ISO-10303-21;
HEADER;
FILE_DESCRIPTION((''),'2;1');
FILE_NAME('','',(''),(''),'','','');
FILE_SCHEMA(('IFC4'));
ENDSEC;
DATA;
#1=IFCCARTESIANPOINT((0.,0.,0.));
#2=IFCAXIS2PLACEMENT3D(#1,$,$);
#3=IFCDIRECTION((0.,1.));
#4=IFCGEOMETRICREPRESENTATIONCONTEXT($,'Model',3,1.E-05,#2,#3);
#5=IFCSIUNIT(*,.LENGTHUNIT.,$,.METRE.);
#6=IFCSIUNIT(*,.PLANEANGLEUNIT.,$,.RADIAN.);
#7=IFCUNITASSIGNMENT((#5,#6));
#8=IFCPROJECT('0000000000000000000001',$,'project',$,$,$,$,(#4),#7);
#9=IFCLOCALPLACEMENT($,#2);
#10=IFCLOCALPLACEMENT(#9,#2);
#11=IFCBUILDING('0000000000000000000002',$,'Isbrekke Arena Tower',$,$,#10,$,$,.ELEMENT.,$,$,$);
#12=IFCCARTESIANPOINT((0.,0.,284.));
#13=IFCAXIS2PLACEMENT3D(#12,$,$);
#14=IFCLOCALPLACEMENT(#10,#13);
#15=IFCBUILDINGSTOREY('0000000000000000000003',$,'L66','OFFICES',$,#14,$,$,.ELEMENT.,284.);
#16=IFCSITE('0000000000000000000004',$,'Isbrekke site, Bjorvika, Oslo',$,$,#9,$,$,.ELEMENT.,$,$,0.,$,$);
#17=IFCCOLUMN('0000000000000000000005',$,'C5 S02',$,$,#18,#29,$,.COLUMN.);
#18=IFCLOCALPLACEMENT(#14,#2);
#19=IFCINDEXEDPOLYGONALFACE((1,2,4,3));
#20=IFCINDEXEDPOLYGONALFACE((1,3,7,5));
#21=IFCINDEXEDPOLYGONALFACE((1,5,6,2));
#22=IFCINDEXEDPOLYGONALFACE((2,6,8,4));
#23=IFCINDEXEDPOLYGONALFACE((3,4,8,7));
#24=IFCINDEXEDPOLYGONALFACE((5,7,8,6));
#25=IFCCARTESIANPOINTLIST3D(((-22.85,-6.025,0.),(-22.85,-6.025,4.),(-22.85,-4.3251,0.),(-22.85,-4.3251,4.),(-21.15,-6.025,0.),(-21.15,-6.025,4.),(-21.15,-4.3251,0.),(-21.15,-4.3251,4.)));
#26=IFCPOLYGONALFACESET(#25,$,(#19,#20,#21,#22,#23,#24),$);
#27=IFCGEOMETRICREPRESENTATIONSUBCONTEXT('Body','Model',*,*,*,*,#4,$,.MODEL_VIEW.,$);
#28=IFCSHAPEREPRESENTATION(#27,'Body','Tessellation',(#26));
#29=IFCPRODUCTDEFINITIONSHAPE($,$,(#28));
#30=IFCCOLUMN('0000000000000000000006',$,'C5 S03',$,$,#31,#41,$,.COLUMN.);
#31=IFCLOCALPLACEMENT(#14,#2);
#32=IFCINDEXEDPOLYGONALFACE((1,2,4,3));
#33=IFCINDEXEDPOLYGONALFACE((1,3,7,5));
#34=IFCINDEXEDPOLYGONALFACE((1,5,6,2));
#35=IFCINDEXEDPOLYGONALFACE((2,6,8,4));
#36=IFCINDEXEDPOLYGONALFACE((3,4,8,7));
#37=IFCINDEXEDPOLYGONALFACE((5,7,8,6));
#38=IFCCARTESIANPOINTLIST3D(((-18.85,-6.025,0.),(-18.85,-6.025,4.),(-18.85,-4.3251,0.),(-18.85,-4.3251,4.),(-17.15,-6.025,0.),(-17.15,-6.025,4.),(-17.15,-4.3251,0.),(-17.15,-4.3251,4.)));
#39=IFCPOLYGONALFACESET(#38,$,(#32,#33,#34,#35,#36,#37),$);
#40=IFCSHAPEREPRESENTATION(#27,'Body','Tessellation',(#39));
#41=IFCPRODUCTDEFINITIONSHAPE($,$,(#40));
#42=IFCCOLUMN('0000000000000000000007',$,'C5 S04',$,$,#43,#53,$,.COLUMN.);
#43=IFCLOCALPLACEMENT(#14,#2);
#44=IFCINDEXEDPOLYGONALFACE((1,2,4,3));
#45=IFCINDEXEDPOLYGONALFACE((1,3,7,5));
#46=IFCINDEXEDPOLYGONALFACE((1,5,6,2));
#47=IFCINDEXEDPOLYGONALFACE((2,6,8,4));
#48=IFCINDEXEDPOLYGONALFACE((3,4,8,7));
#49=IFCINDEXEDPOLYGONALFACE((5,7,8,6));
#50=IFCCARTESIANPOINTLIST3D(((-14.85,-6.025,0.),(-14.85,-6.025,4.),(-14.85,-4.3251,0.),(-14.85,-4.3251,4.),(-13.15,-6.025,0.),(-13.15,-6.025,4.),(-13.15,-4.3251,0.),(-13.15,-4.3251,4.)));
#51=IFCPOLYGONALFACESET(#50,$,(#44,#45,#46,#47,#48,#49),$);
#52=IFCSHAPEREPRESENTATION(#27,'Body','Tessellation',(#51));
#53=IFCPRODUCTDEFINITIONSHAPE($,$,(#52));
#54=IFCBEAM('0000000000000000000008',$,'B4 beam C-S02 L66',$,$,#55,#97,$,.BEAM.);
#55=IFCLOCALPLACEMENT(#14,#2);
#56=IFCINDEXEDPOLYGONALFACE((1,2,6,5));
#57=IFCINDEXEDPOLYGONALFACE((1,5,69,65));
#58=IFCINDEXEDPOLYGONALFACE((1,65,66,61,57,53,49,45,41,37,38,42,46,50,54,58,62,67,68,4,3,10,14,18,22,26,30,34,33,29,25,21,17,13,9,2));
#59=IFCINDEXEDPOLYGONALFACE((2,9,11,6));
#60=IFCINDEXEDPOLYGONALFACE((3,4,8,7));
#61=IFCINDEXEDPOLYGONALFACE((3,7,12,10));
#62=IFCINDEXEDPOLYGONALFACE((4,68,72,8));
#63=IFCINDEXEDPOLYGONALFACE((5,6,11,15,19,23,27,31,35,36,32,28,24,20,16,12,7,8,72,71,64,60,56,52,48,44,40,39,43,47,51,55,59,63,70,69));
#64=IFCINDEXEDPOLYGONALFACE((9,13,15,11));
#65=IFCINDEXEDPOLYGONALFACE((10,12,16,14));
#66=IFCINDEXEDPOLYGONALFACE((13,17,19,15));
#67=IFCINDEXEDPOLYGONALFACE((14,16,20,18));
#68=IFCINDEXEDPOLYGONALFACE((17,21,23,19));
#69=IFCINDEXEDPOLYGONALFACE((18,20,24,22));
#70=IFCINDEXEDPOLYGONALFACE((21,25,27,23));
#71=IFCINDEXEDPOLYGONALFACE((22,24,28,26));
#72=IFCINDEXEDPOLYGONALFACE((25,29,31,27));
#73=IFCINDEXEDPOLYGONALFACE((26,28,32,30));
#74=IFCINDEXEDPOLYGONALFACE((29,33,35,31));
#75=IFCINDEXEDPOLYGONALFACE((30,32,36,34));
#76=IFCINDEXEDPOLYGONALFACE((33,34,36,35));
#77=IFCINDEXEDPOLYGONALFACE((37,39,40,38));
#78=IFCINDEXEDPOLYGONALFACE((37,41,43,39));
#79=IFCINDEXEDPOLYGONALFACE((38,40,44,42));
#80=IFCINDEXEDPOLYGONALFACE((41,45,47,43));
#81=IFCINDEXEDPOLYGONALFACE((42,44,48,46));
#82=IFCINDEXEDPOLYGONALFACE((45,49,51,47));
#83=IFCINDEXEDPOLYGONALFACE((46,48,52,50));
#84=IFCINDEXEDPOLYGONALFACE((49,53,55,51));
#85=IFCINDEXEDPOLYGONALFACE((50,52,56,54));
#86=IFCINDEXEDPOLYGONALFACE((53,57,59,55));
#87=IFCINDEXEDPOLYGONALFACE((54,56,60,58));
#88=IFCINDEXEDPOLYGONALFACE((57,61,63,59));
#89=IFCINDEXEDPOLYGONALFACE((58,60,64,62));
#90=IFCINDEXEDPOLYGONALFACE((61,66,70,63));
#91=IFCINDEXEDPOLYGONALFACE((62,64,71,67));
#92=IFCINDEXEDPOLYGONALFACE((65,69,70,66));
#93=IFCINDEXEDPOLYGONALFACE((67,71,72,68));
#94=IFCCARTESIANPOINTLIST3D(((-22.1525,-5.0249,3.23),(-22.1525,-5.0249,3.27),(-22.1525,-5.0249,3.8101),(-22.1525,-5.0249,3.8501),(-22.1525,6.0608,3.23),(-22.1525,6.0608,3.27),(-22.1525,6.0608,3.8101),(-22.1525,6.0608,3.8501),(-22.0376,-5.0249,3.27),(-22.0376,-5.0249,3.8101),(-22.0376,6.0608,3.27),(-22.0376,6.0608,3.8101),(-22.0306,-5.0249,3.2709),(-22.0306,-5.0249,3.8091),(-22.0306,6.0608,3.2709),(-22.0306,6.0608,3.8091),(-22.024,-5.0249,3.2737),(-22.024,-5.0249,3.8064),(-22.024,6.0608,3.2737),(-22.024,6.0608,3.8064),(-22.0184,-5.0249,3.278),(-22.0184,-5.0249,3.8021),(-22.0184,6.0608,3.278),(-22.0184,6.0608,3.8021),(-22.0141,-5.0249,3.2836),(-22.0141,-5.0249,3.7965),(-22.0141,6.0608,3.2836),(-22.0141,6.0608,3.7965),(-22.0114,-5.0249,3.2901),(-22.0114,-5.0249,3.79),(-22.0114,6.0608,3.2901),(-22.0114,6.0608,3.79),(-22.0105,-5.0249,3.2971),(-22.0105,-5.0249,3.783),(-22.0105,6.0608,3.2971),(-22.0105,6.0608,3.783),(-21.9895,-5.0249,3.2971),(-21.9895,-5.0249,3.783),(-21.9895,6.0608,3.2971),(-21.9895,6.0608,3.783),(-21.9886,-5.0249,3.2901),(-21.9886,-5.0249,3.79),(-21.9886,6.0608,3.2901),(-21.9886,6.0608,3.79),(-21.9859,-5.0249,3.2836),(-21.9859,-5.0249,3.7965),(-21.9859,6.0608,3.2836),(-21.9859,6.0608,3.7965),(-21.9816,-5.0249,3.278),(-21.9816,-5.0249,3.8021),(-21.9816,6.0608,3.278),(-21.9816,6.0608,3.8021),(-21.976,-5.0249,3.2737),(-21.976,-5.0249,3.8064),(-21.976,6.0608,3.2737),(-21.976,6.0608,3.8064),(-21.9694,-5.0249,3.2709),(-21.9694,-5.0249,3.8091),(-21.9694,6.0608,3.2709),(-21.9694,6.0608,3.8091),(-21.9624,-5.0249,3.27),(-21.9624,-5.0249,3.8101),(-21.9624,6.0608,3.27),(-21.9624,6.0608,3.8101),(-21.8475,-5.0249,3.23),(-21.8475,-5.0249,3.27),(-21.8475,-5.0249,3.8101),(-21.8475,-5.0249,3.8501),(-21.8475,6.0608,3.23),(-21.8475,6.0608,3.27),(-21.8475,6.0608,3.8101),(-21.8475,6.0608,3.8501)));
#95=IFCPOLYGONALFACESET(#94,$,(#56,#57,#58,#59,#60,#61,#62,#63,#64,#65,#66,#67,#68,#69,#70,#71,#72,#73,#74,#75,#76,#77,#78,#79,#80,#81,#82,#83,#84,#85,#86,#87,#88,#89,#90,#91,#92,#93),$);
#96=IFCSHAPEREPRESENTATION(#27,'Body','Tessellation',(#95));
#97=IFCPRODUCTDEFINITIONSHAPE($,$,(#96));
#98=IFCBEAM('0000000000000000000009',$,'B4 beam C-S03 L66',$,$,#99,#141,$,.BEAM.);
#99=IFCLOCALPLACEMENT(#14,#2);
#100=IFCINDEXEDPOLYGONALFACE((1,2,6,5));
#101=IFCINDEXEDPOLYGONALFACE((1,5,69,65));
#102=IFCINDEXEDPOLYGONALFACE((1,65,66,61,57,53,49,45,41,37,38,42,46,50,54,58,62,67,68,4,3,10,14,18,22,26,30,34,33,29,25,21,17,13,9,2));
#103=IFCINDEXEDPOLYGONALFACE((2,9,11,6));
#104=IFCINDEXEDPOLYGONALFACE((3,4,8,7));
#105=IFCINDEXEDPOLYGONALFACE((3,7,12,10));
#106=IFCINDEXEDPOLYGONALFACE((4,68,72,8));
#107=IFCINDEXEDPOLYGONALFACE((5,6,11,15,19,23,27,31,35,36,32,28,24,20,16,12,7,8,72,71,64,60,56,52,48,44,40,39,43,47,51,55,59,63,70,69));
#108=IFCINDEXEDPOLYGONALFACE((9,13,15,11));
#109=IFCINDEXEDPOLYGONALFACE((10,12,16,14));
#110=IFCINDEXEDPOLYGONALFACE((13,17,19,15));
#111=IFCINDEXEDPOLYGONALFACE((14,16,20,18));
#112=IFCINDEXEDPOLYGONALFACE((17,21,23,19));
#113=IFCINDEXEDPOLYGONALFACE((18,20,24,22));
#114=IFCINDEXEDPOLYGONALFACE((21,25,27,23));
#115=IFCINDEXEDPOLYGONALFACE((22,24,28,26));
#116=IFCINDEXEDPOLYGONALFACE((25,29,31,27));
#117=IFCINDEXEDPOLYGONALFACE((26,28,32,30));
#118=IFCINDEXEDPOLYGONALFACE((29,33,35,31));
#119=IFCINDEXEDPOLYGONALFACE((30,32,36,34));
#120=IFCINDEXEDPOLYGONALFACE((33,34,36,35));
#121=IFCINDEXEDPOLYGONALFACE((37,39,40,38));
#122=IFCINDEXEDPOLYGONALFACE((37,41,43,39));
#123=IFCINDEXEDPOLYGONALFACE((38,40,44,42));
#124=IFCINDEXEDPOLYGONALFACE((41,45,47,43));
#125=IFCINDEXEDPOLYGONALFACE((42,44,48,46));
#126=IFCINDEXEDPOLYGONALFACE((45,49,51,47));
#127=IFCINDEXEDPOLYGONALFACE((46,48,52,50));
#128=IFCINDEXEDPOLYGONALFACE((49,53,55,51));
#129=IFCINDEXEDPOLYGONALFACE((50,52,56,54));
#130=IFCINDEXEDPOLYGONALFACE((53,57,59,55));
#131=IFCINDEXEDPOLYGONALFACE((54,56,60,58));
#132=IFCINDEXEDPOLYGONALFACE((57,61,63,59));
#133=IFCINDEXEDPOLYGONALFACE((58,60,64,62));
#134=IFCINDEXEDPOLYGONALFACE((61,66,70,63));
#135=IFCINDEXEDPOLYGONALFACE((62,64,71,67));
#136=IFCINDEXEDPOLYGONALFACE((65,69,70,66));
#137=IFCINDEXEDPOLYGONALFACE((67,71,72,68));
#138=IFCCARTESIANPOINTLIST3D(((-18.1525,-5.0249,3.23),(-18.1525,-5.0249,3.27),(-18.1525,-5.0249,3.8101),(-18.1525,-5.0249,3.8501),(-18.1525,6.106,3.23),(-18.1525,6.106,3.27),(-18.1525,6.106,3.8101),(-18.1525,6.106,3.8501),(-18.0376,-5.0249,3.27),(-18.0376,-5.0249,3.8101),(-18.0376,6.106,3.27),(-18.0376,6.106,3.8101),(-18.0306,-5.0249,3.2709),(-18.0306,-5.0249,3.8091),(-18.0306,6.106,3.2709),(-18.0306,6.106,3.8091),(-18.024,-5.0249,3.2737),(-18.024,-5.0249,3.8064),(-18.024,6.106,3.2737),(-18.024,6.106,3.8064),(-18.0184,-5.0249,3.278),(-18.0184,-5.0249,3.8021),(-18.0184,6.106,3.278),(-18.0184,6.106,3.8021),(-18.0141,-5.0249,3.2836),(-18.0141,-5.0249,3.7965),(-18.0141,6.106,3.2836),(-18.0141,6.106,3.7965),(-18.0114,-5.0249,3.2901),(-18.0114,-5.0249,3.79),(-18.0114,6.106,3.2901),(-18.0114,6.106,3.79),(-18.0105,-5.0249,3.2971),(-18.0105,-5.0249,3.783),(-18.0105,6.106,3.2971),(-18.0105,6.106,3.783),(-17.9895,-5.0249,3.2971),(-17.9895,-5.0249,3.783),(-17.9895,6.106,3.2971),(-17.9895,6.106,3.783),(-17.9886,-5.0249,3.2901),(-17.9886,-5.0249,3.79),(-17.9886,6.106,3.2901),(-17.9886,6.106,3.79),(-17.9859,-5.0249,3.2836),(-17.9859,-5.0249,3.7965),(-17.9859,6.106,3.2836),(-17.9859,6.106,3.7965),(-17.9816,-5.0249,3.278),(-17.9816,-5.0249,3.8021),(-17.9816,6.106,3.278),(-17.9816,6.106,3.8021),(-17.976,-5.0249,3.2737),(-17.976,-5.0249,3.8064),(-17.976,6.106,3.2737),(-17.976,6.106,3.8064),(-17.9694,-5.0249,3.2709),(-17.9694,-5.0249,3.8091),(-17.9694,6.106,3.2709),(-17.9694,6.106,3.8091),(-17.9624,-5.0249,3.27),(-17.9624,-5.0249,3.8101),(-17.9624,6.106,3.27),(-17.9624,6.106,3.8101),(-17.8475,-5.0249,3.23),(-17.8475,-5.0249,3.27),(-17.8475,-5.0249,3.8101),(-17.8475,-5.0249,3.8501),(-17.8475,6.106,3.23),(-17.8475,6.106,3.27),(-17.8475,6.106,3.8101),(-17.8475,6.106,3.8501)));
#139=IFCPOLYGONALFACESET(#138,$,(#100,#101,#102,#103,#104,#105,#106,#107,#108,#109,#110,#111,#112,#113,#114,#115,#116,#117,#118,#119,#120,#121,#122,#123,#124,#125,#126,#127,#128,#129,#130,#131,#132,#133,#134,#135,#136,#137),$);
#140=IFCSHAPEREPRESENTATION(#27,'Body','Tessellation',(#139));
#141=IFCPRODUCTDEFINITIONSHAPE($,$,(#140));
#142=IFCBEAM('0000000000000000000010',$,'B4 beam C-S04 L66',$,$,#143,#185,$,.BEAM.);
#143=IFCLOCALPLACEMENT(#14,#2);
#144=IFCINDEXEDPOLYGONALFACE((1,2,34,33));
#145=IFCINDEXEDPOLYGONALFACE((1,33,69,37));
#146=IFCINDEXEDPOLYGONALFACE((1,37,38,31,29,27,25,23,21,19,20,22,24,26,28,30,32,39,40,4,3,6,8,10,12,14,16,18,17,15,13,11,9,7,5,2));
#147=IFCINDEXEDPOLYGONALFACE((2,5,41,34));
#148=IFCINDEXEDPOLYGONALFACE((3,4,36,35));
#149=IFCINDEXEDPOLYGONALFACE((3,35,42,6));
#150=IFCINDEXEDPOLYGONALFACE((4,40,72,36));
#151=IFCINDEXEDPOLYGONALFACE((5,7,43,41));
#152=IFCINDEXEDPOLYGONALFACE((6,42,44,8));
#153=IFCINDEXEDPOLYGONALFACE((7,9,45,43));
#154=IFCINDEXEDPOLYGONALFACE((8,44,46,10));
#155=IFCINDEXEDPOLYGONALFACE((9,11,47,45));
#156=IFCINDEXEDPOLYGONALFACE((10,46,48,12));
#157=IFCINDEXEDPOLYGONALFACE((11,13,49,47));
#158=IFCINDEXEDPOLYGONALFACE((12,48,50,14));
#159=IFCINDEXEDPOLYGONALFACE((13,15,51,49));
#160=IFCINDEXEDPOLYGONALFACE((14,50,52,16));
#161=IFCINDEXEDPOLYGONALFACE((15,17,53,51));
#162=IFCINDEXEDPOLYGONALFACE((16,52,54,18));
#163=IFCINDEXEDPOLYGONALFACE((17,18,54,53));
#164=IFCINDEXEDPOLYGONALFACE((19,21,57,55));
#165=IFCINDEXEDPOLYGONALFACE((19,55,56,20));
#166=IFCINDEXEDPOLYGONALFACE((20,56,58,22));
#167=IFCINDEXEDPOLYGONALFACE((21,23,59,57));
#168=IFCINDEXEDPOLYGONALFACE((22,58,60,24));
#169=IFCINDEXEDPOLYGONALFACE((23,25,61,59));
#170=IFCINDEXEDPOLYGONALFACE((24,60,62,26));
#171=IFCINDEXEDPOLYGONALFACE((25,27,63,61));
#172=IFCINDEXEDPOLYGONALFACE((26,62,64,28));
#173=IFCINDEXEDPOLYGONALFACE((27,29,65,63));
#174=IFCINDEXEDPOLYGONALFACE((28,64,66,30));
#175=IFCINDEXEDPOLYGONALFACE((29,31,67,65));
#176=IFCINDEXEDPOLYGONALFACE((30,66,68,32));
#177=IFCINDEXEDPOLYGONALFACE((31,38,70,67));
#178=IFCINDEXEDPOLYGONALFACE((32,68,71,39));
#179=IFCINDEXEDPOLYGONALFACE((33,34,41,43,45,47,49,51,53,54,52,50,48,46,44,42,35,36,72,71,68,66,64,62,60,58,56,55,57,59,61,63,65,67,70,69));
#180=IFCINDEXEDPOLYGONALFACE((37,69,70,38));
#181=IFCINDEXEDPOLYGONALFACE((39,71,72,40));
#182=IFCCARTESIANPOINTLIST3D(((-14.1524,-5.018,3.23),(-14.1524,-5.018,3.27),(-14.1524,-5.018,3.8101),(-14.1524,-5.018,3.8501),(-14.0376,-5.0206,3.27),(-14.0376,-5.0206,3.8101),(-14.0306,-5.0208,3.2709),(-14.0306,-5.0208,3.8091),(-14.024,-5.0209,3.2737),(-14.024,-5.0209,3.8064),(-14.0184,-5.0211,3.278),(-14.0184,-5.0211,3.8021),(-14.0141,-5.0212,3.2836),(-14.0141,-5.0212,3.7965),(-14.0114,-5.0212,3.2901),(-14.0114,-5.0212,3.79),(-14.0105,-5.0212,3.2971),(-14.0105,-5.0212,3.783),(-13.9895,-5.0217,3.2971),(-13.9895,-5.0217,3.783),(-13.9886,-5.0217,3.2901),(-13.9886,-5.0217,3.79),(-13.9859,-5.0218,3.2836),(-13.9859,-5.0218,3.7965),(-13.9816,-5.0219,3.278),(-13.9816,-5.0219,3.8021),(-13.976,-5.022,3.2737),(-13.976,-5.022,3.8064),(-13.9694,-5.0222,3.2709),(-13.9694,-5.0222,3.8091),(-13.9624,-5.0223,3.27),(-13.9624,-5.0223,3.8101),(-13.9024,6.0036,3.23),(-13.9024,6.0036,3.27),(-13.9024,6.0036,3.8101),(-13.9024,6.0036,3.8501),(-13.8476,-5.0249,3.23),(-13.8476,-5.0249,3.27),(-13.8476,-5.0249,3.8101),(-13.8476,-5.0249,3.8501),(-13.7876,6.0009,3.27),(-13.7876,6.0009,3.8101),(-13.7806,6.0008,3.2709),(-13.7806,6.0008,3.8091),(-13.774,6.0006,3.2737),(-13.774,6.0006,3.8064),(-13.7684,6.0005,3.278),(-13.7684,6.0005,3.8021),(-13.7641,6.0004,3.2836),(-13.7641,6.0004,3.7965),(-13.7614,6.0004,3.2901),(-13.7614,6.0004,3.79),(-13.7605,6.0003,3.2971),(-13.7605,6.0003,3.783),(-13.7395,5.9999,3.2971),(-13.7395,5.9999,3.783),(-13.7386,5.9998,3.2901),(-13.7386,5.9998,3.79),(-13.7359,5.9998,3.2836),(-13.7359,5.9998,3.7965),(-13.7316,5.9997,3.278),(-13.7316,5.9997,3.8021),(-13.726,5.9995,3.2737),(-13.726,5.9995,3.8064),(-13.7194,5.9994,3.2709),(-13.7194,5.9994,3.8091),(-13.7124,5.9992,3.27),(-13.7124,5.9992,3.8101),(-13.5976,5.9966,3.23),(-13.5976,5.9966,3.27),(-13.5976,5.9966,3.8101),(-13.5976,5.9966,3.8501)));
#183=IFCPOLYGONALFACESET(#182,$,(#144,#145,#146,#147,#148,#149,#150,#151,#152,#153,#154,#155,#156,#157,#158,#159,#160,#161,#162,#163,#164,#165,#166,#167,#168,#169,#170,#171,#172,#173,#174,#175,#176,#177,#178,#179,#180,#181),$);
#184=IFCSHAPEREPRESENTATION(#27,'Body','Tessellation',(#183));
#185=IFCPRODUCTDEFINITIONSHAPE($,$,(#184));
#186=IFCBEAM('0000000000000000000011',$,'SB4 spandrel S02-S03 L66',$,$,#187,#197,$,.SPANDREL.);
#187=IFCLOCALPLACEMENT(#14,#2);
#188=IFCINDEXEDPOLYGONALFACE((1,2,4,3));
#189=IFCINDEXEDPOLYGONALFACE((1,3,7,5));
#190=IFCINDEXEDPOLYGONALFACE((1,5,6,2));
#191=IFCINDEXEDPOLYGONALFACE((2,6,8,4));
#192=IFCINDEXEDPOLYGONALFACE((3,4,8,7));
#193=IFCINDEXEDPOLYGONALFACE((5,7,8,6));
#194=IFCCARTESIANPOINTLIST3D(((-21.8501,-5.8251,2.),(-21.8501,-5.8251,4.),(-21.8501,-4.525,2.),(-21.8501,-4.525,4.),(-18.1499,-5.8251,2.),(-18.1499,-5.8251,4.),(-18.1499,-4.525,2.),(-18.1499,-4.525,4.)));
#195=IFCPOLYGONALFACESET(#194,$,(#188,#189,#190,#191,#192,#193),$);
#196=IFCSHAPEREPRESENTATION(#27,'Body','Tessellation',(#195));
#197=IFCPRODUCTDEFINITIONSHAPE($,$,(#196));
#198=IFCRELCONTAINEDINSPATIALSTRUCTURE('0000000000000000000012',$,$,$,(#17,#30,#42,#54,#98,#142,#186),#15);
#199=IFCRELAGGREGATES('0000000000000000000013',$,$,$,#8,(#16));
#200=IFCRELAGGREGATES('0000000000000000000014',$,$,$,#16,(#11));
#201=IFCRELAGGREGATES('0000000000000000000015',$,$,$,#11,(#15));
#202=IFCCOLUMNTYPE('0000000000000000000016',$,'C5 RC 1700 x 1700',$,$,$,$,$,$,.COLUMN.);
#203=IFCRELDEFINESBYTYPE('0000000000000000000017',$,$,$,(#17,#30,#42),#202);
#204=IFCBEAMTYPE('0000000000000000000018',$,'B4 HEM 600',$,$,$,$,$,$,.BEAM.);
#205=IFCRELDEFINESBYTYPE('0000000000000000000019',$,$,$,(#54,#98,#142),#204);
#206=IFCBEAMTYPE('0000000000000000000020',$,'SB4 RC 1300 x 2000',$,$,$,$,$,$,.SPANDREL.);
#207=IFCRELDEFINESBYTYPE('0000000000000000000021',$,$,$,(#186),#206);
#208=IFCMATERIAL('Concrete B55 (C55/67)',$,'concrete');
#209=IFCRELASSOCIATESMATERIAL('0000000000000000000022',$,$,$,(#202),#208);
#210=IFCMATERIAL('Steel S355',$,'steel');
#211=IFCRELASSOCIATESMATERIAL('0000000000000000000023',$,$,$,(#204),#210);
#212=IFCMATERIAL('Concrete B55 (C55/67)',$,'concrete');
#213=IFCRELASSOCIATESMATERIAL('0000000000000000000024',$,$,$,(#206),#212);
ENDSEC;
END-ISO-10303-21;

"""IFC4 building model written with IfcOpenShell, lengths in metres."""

from ifc_helpers import new_model, si_unit, direction, frame, origin, origin_2d, place, context, subcontext, project, spatial, rectangle, i_section, extrude, material, material_profile, profile_set, type_object, element, save


model = new_model("IFC4")

# Units and contexts
model_context = context("Model", 3, precision=1e-05, world=origin(), true_north=direction((0.0, 1.0)))
body_context = subcontext(model_context, "Body", "Model", "MODEL_VIEW")
ifc_project = project(units=[si_unit("LENGTHUNIT", "METRE"), si_unit("PLANEANGLEUNIT", "RADIAN")], contexts=[model_context])

# Site, building, storey
site_placement = place(None, origin())
site = spatial("IfcSite", under=ifc_project, at=site_placement, Name="Isbrekke site, Bjorvika, Oslo", CompositionType="ELEMENT", RefElevation=0.0)
building_placement = place(site_placement, origin())
building = spatial("IfcBuilding", under=site, at=building_placement, Name="Isbrekke Arena Tower", CompositionType="ELEMENT")
storey_placement = place(building_placement, frame((0.0, 0.0, 284.0)))
storey = spatial("IfcBuildingStorey", under=building, at=storey_placement, Name="L66", Description="OFFICES", CompositionType="ELEMENT", Elevation=284.0)

# Columns
ifc_material_1 = material(Name="Concrete B55 (C55/67)", Category="concrete")
ifc_material_profile_1 = material_profile(ifc_material_1, rectangle(XDim=1.7, YDim=1.7, at=origin_2d()), Name="RC 1700x1700")
ifc_profile_set_1 = profile_set([ifc_material_profile_1], Name="Concrete B55 (C55/67)")
column_type = type_object("IfcColumnType", Name="C5 RC 1700 x 1700", PredefinedType="COLUMN", material=ifc_profile_set_1)
for number, where, z_axis, x_axis, name in (
    (1, (-22.0, -5.175, 0.0), (0.0, 0.0, 1.0), (1.0, 0.0, 0.0), "C5 S02"),
    (2, (-18.0, -5.175, 0.0), (0.0, 0.0, 1.0), (1.0, 0.0, 0.0), "C5 S03"),
    (3, (-14.0, -5.175, 0.0), (0.0, 0.0, 1.0), (1.0, 0.0, 0.0), "C5 S04"),
):
    element("IfcColumn", number, at=place(storey_placement, frame(where, z_axis=z_axis, x_axis=x_axis)), inside=storey, type_object=column_type, Name=name, PredefinedType="COLUMN", context=body_context, shape_type="SweptSolid", body=[
        extrude(rectangle(XDim=1.7, YDim=1.7, at=origin_2d()), origin(), (0.0, 0.0, 1.0), 4.0),
    ])

# Beams
ifc_material_2 = material(Name="Steel S355", Category="steel")
ifc_material_profile_2 = material_profile(ifc_material_2, i_section(OverallWidth=0.3049, OverallDepth=0.6201, WebThickness=0.021, FlangeThickness=0.04, FilletRadius=0.0271, at=origin_2d()), Name="HEM 600")
ifc_profile_set_2 = profile_set([ifc_material_profile_2], Name="Steel S355")
beam_type_1 = type_object("IfcBeamType", Name="B4 HEM 600", PredefinedType="BEAM", material=ifc_profile_set_2)
beam_1_placement = place(storey_placement, frame((-22.0, -5.0249, 3.54), z_axis=(0.0, 1.0, 0.0), x_axis=(-1.0, 0.0, 0.0)))
element("IfcBeam", 4, at=beam_1_placement, inside=storey, type_object=beam_type_1, Name="B4 beam C-S02 L66", PredefinedType="BEAM", context=body_context, shape_type="SweptSolid", body=[
    extrude(i_section(OverallWidth=0.3049, OverallDepth=0.6201, WebThickness=0.021, FlangeThickness=0.04, FilletRadius=0.0271, at=origin_2d()), origin(), (0.0, 0.0, 1.0), 11.0857),
])
beam_2_placement = place(storey_placement, frame((-18.0, -5.0249, 3.54), z_axis=(0.0, 1.0, 0.0), x_axis=(-1.0, 0.0, 0.0)))
element("IfcBeam", 5, at=beam_2_placement, inside=storey, type_object=beam_type_1, Name="B4 beam C-S03 L66", PredefinedType="BEAM", context=body_context, shape_type="SweptSolid", body=[
    extrude(i_section(OverallWidth=0.3049, OverallDepth=0.6201, WebThickness=0.021, FlangeThickness=0.04, FilletRadius=0.0271, at=origin_2d()), origin(), (0.0, 0.0, 1.0), 11.1309),
])
beam_3_placement = place(storey_placement, frame((-14.0, -5.0215, 3.54), z_axis=(0.022677, 0.999743, 0.0), x_axis=(-0.999743, 0.022677, 0.0)))
element("IfcBeam", 6, at=beam_3_placement, inside=storey, type_object=beam_type_1, Name="B4 beam C-S04 L66", PredefinedType="BEAM", context=body_context, shape_type="SweptSolid", body=[
    extrude(i_section(OverallWidth=0.3049, OverallDepth=0.6201, WebThickness=0.021, FlangeThickness=0.04, FilletRadius=0.0271, at=origin_2d()), origin(), (0.0, 0.0, 1.0), 11.0244),
])
ifc_material_3 = material(Name="Concrete B55 (C55/67)", Category="concrete")
ifc_material_profile_3 = material_profile(ifc_material_3, rectangle(XDim=1.3, YDim=2.0, at=origin_2d()), Name="RC 1300x2000")
ifc_profile_set_3 = profile_set([ifc_material_profile_3], Name="Concrete B55 (C55/67)")
beam_type_2 = type_object("IfcBeamType", Name="SB4 RC 1300 x 2000", PredefinedType="SPANDREL", material=ifc_profile_set_3)
for number, where, z_axis, x_axis, name in (
    (7, (-21.8501, -5.175, 3.0), (1.0, 0.0, 0.0), (0.0, 1.0, 0.0), "SB4 spandrel S02-S03 L66"),
):
    element("IfcBeam", number, at=place(storey_placement, frame(where, z_axis=z_axis, x_axis=x_axis)), inside=storey, type_object=beam_type_2, Name=name, PredefinedType="SPANDREL", context=body_context, shape_type="SweptSolid", body=[
        extrude(rectangle(XDim=1.3, YDim=2.0, at=origin_2d()), origin(), (0.0, 0.0, 1.0), 3.7002),
    ])

save(model, "model.ifc")
